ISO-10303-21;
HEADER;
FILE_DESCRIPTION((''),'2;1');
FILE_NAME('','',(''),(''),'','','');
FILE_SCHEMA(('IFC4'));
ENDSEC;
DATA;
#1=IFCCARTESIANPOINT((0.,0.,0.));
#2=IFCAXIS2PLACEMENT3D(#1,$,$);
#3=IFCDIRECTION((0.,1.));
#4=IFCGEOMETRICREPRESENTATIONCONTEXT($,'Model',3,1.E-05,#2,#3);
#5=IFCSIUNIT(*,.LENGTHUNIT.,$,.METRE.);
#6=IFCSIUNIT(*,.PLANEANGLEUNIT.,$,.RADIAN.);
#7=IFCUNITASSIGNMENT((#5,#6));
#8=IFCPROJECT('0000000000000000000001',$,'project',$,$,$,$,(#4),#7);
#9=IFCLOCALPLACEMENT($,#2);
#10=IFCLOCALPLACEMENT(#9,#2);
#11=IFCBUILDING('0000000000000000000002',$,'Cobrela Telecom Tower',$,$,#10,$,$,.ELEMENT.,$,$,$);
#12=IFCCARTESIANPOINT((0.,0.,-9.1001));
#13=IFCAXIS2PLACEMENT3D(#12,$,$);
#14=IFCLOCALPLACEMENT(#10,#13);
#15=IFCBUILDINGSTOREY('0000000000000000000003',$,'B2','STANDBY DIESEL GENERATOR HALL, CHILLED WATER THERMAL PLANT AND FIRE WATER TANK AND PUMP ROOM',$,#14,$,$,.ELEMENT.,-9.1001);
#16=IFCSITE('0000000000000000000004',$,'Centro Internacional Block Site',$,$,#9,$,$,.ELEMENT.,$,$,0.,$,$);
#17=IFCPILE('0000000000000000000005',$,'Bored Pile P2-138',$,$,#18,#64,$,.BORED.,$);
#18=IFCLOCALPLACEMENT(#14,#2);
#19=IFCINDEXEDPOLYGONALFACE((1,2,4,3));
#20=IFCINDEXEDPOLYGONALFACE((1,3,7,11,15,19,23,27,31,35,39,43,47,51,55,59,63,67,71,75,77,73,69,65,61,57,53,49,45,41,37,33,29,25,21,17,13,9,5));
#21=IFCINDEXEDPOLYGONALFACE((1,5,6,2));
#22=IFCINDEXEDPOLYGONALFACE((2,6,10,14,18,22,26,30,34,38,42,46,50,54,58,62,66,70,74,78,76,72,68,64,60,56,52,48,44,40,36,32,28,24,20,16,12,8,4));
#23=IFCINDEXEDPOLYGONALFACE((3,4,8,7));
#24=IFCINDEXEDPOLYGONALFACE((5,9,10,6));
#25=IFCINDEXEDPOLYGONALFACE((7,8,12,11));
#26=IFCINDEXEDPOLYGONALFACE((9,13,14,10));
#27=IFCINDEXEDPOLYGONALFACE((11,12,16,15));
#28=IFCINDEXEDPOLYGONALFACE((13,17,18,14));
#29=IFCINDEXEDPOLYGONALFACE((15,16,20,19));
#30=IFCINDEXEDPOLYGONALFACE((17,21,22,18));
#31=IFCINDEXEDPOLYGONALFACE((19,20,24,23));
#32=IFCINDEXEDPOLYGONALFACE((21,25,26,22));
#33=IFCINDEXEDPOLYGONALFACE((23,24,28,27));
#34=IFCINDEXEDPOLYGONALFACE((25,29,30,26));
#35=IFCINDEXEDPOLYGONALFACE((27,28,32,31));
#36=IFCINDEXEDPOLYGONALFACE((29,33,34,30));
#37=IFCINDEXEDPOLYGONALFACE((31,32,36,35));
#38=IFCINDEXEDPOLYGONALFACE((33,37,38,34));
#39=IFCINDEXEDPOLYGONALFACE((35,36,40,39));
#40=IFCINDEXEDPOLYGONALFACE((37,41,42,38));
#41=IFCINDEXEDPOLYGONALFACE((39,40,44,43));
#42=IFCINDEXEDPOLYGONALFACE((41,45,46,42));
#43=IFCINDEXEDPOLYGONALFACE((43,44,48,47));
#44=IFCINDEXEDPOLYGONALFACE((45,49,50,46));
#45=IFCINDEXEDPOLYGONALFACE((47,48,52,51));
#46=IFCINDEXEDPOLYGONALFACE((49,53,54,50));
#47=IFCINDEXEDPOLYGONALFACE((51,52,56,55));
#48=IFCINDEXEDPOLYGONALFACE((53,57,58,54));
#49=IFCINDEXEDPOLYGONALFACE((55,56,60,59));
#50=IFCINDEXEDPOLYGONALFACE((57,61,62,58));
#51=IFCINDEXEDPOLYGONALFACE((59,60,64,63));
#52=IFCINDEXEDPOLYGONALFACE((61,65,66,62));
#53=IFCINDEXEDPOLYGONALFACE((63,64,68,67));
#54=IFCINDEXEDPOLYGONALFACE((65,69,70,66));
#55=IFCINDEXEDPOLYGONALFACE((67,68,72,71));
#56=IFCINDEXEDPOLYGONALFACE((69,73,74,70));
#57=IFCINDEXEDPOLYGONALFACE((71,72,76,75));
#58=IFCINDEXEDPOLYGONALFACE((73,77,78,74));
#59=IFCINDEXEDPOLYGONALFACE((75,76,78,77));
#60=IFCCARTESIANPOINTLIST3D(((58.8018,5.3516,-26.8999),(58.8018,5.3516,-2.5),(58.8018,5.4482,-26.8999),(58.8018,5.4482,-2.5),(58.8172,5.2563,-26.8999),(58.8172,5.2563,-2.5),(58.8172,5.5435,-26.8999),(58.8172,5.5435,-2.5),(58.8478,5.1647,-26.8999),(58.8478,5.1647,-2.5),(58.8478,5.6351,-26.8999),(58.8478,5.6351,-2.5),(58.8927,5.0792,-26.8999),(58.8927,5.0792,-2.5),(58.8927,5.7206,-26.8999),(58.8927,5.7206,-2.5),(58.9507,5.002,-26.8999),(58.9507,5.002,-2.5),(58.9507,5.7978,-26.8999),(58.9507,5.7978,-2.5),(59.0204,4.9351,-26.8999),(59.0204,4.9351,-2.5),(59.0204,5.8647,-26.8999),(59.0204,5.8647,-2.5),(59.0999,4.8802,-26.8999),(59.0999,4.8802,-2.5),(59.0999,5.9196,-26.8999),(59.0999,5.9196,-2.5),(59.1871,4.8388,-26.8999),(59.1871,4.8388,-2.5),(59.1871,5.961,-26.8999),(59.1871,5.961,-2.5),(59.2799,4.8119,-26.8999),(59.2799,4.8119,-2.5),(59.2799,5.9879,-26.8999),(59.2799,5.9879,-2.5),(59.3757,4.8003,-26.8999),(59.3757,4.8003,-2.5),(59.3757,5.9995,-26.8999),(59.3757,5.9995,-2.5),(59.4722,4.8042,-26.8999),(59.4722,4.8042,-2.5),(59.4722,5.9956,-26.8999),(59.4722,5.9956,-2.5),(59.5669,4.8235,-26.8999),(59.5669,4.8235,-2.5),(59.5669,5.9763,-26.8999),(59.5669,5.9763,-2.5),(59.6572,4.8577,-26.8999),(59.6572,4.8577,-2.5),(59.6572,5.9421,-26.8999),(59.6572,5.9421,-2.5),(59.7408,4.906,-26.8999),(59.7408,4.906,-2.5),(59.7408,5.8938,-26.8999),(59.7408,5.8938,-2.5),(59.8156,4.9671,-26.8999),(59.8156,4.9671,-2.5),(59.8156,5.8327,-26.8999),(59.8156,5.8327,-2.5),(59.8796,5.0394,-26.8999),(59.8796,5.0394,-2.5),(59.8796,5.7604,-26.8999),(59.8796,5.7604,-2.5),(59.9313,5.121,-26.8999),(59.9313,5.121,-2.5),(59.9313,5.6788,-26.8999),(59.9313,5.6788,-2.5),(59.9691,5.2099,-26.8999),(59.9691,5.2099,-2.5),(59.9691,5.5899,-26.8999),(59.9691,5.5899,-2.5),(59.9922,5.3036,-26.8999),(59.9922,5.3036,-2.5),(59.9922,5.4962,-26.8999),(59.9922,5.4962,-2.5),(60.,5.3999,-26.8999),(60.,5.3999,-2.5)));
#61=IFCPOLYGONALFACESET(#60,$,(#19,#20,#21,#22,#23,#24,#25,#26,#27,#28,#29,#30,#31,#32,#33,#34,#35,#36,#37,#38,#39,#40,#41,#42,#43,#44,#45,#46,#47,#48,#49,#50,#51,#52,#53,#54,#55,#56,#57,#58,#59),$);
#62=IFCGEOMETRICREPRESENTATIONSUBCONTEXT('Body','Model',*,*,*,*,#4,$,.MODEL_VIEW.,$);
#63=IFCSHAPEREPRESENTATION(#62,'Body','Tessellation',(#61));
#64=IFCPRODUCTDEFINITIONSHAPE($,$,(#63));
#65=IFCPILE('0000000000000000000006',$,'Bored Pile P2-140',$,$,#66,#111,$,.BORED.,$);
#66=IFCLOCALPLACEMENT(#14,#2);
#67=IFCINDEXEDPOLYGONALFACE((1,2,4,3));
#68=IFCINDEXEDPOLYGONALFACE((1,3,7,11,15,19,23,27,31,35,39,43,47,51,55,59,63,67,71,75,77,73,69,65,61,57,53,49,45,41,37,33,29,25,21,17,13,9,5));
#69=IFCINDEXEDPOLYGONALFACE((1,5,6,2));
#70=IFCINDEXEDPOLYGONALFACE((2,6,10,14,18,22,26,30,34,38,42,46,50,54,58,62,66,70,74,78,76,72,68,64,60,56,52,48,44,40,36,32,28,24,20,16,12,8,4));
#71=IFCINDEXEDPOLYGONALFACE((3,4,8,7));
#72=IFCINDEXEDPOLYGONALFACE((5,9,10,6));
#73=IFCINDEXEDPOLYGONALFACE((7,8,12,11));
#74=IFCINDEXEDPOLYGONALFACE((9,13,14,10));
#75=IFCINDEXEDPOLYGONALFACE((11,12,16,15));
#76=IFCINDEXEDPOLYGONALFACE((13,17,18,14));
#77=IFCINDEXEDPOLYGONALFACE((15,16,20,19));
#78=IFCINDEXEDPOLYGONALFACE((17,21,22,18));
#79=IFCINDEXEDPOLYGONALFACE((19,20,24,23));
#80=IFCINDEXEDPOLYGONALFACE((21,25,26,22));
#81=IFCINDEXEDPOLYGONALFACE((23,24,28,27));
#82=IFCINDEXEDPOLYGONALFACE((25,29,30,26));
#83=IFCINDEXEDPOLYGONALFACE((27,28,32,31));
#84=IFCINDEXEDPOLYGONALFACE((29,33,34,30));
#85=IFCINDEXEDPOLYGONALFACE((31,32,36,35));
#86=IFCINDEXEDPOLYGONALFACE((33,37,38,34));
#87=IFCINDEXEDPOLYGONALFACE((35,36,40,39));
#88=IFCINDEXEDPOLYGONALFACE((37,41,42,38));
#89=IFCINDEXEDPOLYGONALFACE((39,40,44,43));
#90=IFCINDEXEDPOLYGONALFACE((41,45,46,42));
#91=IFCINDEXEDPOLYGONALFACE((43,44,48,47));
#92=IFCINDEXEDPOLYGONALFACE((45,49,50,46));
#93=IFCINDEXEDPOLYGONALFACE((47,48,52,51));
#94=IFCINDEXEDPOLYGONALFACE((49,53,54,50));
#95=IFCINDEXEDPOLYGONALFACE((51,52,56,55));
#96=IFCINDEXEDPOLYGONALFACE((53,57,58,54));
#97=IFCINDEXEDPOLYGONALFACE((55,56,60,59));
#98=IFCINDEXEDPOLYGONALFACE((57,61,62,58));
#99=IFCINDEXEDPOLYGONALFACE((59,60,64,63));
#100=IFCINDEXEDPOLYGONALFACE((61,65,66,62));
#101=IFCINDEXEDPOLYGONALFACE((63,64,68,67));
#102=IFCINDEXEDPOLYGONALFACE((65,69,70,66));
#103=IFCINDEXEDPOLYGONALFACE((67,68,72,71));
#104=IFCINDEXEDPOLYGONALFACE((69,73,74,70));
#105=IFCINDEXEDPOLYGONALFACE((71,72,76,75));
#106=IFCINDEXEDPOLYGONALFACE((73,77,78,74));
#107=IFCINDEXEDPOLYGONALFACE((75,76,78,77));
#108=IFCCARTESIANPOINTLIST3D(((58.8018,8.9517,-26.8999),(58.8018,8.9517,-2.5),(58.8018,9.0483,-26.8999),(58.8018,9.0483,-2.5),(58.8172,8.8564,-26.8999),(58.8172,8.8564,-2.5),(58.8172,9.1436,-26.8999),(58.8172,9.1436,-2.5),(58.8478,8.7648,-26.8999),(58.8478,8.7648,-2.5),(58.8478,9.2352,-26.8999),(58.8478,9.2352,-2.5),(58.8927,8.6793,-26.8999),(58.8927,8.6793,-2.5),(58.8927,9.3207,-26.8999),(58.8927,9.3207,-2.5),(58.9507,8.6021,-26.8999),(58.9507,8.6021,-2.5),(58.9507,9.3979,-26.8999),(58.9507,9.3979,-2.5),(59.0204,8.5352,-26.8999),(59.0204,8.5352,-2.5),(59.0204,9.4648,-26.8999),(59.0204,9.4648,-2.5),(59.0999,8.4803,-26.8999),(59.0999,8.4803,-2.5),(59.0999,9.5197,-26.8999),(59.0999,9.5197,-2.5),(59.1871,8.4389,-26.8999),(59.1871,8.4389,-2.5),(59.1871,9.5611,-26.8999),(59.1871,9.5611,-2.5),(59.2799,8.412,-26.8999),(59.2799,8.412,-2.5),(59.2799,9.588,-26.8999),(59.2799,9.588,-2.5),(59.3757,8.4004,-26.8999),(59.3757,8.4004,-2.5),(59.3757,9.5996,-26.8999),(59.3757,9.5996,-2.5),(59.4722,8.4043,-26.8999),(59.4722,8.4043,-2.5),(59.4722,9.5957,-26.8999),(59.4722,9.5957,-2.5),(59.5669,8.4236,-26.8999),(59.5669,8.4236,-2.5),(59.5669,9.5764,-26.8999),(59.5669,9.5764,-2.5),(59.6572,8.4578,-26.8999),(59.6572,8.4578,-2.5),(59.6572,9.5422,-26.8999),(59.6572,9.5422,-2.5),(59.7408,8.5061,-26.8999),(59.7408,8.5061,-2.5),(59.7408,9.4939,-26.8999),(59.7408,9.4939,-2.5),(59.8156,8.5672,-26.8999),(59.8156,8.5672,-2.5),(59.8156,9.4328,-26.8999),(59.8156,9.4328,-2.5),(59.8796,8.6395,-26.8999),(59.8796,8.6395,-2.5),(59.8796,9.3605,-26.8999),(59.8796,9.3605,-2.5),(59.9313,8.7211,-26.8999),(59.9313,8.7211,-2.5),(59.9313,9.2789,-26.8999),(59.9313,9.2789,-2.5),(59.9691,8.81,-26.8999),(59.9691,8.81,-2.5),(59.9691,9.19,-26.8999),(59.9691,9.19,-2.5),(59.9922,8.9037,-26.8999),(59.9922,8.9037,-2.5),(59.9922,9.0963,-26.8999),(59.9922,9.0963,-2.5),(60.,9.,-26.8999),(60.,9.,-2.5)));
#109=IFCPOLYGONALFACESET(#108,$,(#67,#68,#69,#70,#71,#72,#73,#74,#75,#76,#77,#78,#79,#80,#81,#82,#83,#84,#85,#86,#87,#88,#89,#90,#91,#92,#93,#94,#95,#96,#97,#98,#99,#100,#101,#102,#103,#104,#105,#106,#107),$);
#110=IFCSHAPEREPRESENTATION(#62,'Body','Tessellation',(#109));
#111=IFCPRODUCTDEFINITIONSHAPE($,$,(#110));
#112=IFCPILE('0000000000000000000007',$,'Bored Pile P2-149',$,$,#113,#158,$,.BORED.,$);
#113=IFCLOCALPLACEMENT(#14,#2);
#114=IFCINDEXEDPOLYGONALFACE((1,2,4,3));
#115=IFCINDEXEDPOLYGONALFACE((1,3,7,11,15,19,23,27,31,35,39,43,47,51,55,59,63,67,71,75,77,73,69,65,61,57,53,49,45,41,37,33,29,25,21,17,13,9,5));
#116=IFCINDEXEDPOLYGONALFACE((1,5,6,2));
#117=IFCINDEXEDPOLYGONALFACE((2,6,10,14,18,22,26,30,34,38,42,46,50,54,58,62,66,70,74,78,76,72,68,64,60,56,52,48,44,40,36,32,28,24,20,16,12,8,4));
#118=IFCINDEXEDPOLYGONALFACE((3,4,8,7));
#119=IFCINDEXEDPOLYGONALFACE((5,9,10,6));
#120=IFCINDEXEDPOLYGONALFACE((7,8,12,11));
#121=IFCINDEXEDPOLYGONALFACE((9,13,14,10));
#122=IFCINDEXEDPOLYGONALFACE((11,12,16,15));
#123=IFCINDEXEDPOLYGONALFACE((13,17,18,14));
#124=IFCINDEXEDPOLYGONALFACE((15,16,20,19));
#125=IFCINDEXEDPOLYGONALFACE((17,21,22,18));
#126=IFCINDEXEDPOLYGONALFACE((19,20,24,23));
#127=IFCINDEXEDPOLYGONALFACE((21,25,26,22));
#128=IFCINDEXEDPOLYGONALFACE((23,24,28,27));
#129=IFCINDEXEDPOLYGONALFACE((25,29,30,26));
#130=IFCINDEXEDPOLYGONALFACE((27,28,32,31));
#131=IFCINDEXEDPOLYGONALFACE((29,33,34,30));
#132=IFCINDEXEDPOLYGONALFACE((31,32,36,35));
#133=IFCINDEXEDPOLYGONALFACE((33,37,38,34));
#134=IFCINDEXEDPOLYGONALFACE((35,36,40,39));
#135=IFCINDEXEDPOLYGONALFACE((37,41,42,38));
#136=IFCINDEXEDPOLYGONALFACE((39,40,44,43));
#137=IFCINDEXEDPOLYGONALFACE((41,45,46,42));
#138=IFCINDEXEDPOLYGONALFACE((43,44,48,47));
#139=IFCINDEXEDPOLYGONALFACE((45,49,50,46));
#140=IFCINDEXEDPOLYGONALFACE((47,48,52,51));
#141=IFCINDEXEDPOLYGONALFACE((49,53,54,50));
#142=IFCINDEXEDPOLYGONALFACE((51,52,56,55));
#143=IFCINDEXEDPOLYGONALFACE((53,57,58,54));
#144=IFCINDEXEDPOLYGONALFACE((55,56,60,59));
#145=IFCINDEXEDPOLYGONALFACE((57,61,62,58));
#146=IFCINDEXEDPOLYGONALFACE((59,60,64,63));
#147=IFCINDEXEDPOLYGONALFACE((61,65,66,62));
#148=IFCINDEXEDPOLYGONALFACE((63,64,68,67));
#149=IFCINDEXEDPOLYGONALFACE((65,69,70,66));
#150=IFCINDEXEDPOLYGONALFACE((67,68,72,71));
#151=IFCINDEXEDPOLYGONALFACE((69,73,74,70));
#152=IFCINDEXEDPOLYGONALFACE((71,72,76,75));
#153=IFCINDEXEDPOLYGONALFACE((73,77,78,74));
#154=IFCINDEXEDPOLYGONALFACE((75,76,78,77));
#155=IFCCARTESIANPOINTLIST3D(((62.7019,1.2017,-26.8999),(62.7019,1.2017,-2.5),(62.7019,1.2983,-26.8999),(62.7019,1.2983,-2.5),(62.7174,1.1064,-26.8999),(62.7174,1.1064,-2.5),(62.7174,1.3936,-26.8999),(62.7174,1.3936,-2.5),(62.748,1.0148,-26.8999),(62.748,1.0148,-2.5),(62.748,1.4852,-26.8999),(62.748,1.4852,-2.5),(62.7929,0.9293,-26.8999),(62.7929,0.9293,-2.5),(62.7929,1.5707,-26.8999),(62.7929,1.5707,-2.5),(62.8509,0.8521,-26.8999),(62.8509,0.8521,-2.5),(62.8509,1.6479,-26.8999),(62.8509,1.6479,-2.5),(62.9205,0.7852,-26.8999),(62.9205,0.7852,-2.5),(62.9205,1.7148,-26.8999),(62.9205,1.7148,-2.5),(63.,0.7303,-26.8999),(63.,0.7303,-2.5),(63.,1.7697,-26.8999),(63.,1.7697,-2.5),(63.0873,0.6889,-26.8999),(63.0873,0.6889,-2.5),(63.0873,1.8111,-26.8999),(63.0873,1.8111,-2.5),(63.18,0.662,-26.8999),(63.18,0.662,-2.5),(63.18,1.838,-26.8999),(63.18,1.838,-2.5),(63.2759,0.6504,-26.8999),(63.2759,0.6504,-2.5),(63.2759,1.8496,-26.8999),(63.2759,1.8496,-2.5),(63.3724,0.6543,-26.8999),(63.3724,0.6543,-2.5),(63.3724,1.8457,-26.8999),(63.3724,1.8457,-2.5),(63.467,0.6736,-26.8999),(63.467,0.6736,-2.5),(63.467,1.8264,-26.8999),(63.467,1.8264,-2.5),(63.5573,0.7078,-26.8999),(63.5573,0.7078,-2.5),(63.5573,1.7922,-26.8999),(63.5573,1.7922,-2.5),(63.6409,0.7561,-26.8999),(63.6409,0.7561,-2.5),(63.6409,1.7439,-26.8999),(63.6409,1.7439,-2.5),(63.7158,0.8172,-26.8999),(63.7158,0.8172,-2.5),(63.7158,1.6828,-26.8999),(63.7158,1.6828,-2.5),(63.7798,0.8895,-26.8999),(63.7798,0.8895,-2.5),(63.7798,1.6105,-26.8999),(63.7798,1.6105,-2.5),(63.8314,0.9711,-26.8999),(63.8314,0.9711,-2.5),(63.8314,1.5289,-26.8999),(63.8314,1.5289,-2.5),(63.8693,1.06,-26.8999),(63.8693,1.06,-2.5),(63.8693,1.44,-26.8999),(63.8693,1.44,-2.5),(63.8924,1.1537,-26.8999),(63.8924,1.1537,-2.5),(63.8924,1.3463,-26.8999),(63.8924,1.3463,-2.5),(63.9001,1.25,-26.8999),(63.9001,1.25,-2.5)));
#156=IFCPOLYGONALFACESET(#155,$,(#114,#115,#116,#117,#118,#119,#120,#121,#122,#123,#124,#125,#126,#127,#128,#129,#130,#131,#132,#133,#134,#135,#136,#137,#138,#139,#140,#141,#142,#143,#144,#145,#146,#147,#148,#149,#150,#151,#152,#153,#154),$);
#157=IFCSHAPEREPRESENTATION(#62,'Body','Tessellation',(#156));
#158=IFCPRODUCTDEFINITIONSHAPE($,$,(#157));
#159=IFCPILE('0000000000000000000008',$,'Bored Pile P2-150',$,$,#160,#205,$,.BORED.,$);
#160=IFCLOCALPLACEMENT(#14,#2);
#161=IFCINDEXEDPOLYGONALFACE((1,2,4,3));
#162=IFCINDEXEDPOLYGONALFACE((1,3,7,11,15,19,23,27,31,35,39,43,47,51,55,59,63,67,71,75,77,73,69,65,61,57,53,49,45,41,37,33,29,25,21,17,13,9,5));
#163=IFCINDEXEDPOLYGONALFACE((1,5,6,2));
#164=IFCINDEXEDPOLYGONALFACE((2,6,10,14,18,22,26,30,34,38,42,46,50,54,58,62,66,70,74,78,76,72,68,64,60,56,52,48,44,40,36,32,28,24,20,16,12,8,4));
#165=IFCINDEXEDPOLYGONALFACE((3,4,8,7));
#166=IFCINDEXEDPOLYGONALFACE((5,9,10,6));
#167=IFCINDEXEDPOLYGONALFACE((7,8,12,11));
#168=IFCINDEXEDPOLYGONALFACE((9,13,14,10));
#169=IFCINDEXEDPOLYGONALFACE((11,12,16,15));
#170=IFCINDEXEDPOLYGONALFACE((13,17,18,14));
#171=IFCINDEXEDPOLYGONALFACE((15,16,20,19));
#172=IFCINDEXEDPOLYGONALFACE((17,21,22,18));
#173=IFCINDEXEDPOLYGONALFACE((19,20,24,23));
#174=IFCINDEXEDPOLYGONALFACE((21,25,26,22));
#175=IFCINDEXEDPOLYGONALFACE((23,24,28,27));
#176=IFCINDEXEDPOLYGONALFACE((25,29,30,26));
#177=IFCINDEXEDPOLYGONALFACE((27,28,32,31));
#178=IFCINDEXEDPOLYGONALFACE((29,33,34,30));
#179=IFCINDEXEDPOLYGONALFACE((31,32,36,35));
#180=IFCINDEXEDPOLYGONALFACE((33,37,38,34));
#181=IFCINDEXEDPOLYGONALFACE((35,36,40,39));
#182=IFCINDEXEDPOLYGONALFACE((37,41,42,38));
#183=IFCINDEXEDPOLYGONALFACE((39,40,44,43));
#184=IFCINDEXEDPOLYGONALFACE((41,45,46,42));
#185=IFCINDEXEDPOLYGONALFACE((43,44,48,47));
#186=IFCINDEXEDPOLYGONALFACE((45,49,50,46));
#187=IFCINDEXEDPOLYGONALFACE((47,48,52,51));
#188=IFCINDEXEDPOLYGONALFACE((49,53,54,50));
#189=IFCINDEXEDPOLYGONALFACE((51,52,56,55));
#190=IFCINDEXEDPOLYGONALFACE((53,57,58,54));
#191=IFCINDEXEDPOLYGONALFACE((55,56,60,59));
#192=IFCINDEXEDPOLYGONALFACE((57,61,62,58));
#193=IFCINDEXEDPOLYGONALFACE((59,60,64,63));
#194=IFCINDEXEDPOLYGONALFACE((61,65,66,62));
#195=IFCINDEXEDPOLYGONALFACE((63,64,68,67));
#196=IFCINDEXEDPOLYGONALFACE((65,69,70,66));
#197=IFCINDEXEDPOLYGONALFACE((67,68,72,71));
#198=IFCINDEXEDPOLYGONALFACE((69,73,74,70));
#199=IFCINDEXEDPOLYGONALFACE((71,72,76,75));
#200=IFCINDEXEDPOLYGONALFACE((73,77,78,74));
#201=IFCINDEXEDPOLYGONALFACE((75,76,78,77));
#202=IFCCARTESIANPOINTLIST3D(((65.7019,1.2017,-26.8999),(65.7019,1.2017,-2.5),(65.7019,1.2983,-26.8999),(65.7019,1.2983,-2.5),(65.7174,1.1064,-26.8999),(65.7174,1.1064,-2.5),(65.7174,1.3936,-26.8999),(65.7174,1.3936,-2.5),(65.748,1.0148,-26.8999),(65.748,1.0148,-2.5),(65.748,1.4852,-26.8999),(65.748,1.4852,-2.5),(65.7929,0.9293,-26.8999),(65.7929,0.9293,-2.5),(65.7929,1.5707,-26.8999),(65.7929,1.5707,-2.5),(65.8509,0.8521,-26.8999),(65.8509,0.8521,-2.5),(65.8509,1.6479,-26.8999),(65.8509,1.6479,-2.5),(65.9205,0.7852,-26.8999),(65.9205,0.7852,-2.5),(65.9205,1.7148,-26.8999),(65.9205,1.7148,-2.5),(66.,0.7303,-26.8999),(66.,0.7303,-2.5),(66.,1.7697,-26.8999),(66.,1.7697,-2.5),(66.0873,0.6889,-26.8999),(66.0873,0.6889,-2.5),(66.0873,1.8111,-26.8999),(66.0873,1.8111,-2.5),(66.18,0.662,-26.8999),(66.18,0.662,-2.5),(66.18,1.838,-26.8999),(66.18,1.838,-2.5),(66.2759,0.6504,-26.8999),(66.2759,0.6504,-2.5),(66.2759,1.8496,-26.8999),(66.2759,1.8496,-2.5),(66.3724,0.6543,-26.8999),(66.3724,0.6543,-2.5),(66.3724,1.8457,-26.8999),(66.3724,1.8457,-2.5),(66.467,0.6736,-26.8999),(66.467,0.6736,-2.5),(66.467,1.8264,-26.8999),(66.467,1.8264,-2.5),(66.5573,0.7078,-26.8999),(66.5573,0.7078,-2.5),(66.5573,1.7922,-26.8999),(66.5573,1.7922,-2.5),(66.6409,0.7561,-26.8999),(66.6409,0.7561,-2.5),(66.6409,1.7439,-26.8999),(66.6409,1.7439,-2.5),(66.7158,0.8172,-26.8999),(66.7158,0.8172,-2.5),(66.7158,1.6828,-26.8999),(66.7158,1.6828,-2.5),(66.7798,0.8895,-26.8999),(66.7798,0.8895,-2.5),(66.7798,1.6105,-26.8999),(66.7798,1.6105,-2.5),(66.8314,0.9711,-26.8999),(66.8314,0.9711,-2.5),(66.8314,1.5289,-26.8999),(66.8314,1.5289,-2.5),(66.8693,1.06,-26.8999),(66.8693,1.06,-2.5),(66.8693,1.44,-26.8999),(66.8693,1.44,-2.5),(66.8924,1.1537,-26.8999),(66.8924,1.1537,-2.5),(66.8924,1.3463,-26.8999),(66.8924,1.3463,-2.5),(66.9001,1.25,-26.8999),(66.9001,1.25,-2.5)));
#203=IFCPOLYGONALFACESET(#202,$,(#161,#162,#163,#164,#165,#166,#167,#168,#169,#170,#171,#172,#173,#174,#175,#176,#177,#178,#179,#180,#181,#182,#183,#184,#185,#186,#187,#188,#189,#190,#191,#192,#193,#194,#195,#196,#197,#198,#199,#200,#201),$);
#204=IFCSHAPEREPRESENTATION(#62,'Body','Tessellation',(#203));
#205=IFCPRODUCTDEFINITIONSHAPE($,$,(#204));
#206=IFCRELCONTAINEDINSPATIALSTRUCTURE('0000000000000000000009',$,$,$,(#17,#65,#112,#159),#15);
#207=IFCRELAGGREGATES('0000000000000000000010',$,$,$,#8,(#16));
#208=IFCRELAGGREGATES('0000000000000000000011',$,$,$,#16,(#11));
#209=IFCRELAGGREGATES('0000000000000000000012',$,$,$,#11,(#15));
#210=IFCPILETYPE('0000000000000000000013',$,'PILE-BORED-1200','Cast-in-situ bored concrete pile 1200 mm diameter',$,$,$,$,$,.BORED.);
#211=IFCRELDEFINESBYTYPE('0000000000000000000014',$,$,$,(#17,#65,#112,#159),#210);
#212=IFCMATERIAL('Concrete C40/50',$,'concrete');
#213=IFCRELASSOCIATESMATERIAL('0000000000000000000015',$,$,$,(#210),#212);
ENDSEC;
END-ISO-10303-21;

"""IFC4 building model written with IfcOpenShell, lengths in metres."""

from ifc_helpers import new_model, si_unit, direction, frame, origin, origin_2d, place, context, subcontext, project, spatial, circle, extrude, material, material_profile, profile_set, type_object, element, save


model = new_model("IFC4")

# Units and contexts
model_context = context("Model", 3, precision=1e-05, world=origin(), true_north=direction((0.0, 1.0)))
body_context = subcontext(model_context, "Body", "Model", "MODEL_VIEW")
ifc_project = project(units=[si_unit("LENGTHUNIT", "METRE"), si_unit("PLANEANGLEUNIT", "RADIAN")], contexts=[model_context])

# Site, building, storey
site_placement = place(None, origin())
site = spatial("IfcSite", under=ifc_project, at=site_placement, Name="Centro Internacional Block Site", CompositionType="ELEMENT", RefElevation=0.0)
building_placement = place(site_placement, origin())
building = spatial("IfcBuilding", under=site, at=building_placement, Name="Cobrela Telecom Tower", CompositionType="ELEMENT")
storey_placement = place(building_placement, frame((0.0, 0.0, -9.1001)))
storey = spatial("IfcBuildingStorey", under=building, at=storey_placement, Name="B2", Description="STANDBY DIESEL GENERATOR HALL, CHILLED WATER THERMAL PLANT AND FIRE WATER TANK AND PUMP ROOM", CompositionType="ELEMENT", Elevation=-9.1001)

# Shared definitions
ifc_material_1 = material(Name="Concrete C40/50", Category="concrete")

# Piles
ifc_material_profile_1 = material_profile(ifc_material_1, circle(Radius=0.6001, at=origin_2d()), Name="BORED PILE D1200")
ifc_profile_set_1 = profile_set([ifc_material_profile_1], Name="Concrete C40/50")
pile_type = type_object("IfcPileType", Name="PILE-BORED-1200", Description="Cast-in-situ bored concrete pile 1200 mm diameter", PredefinedType="BORED", material=ifc_profile_set_1)
for number, where, z_axis, x_axis, name in (
    (1, (59.3999, 5.3999, -2.5), (0.0, 0.0, -1.0), (1.0, 0.0, 0.0), "Bored Pile P2-138"),
    (2, (59.3999, 9.0, -2.5), (0.0, 0.0, -1.0), (1.0, 0.0, 0.0), "Bored Pile P2-140"),
    (3, (63.3, 1.25, -2.5), (0.0, 0.0, -1.0), (1.0, 0.0, 0.0), "Bored Pile P2-149"),
    (4, (66.3, 1.25, -2.5), (0.0, 0.0, -1.0), (1.0, 0.0, 0.0), "Bored Pile P2-150"),
):
    element("IfcPile", number, at=place(storey_placement, frame(where, z_axis=z_axis, x_axis=x_axis)), inside=storey, type_object=pile_type, Name=name, PredefinedType="BORED", context=body_context, shape_type="SweptSolid", body=[
        extrude(circle(Radius=0.6001, at=origin_2d()), origin(), (0.0, 0.0, 1.0), 24.3999),
    ])

save(model, "model.ifc")
